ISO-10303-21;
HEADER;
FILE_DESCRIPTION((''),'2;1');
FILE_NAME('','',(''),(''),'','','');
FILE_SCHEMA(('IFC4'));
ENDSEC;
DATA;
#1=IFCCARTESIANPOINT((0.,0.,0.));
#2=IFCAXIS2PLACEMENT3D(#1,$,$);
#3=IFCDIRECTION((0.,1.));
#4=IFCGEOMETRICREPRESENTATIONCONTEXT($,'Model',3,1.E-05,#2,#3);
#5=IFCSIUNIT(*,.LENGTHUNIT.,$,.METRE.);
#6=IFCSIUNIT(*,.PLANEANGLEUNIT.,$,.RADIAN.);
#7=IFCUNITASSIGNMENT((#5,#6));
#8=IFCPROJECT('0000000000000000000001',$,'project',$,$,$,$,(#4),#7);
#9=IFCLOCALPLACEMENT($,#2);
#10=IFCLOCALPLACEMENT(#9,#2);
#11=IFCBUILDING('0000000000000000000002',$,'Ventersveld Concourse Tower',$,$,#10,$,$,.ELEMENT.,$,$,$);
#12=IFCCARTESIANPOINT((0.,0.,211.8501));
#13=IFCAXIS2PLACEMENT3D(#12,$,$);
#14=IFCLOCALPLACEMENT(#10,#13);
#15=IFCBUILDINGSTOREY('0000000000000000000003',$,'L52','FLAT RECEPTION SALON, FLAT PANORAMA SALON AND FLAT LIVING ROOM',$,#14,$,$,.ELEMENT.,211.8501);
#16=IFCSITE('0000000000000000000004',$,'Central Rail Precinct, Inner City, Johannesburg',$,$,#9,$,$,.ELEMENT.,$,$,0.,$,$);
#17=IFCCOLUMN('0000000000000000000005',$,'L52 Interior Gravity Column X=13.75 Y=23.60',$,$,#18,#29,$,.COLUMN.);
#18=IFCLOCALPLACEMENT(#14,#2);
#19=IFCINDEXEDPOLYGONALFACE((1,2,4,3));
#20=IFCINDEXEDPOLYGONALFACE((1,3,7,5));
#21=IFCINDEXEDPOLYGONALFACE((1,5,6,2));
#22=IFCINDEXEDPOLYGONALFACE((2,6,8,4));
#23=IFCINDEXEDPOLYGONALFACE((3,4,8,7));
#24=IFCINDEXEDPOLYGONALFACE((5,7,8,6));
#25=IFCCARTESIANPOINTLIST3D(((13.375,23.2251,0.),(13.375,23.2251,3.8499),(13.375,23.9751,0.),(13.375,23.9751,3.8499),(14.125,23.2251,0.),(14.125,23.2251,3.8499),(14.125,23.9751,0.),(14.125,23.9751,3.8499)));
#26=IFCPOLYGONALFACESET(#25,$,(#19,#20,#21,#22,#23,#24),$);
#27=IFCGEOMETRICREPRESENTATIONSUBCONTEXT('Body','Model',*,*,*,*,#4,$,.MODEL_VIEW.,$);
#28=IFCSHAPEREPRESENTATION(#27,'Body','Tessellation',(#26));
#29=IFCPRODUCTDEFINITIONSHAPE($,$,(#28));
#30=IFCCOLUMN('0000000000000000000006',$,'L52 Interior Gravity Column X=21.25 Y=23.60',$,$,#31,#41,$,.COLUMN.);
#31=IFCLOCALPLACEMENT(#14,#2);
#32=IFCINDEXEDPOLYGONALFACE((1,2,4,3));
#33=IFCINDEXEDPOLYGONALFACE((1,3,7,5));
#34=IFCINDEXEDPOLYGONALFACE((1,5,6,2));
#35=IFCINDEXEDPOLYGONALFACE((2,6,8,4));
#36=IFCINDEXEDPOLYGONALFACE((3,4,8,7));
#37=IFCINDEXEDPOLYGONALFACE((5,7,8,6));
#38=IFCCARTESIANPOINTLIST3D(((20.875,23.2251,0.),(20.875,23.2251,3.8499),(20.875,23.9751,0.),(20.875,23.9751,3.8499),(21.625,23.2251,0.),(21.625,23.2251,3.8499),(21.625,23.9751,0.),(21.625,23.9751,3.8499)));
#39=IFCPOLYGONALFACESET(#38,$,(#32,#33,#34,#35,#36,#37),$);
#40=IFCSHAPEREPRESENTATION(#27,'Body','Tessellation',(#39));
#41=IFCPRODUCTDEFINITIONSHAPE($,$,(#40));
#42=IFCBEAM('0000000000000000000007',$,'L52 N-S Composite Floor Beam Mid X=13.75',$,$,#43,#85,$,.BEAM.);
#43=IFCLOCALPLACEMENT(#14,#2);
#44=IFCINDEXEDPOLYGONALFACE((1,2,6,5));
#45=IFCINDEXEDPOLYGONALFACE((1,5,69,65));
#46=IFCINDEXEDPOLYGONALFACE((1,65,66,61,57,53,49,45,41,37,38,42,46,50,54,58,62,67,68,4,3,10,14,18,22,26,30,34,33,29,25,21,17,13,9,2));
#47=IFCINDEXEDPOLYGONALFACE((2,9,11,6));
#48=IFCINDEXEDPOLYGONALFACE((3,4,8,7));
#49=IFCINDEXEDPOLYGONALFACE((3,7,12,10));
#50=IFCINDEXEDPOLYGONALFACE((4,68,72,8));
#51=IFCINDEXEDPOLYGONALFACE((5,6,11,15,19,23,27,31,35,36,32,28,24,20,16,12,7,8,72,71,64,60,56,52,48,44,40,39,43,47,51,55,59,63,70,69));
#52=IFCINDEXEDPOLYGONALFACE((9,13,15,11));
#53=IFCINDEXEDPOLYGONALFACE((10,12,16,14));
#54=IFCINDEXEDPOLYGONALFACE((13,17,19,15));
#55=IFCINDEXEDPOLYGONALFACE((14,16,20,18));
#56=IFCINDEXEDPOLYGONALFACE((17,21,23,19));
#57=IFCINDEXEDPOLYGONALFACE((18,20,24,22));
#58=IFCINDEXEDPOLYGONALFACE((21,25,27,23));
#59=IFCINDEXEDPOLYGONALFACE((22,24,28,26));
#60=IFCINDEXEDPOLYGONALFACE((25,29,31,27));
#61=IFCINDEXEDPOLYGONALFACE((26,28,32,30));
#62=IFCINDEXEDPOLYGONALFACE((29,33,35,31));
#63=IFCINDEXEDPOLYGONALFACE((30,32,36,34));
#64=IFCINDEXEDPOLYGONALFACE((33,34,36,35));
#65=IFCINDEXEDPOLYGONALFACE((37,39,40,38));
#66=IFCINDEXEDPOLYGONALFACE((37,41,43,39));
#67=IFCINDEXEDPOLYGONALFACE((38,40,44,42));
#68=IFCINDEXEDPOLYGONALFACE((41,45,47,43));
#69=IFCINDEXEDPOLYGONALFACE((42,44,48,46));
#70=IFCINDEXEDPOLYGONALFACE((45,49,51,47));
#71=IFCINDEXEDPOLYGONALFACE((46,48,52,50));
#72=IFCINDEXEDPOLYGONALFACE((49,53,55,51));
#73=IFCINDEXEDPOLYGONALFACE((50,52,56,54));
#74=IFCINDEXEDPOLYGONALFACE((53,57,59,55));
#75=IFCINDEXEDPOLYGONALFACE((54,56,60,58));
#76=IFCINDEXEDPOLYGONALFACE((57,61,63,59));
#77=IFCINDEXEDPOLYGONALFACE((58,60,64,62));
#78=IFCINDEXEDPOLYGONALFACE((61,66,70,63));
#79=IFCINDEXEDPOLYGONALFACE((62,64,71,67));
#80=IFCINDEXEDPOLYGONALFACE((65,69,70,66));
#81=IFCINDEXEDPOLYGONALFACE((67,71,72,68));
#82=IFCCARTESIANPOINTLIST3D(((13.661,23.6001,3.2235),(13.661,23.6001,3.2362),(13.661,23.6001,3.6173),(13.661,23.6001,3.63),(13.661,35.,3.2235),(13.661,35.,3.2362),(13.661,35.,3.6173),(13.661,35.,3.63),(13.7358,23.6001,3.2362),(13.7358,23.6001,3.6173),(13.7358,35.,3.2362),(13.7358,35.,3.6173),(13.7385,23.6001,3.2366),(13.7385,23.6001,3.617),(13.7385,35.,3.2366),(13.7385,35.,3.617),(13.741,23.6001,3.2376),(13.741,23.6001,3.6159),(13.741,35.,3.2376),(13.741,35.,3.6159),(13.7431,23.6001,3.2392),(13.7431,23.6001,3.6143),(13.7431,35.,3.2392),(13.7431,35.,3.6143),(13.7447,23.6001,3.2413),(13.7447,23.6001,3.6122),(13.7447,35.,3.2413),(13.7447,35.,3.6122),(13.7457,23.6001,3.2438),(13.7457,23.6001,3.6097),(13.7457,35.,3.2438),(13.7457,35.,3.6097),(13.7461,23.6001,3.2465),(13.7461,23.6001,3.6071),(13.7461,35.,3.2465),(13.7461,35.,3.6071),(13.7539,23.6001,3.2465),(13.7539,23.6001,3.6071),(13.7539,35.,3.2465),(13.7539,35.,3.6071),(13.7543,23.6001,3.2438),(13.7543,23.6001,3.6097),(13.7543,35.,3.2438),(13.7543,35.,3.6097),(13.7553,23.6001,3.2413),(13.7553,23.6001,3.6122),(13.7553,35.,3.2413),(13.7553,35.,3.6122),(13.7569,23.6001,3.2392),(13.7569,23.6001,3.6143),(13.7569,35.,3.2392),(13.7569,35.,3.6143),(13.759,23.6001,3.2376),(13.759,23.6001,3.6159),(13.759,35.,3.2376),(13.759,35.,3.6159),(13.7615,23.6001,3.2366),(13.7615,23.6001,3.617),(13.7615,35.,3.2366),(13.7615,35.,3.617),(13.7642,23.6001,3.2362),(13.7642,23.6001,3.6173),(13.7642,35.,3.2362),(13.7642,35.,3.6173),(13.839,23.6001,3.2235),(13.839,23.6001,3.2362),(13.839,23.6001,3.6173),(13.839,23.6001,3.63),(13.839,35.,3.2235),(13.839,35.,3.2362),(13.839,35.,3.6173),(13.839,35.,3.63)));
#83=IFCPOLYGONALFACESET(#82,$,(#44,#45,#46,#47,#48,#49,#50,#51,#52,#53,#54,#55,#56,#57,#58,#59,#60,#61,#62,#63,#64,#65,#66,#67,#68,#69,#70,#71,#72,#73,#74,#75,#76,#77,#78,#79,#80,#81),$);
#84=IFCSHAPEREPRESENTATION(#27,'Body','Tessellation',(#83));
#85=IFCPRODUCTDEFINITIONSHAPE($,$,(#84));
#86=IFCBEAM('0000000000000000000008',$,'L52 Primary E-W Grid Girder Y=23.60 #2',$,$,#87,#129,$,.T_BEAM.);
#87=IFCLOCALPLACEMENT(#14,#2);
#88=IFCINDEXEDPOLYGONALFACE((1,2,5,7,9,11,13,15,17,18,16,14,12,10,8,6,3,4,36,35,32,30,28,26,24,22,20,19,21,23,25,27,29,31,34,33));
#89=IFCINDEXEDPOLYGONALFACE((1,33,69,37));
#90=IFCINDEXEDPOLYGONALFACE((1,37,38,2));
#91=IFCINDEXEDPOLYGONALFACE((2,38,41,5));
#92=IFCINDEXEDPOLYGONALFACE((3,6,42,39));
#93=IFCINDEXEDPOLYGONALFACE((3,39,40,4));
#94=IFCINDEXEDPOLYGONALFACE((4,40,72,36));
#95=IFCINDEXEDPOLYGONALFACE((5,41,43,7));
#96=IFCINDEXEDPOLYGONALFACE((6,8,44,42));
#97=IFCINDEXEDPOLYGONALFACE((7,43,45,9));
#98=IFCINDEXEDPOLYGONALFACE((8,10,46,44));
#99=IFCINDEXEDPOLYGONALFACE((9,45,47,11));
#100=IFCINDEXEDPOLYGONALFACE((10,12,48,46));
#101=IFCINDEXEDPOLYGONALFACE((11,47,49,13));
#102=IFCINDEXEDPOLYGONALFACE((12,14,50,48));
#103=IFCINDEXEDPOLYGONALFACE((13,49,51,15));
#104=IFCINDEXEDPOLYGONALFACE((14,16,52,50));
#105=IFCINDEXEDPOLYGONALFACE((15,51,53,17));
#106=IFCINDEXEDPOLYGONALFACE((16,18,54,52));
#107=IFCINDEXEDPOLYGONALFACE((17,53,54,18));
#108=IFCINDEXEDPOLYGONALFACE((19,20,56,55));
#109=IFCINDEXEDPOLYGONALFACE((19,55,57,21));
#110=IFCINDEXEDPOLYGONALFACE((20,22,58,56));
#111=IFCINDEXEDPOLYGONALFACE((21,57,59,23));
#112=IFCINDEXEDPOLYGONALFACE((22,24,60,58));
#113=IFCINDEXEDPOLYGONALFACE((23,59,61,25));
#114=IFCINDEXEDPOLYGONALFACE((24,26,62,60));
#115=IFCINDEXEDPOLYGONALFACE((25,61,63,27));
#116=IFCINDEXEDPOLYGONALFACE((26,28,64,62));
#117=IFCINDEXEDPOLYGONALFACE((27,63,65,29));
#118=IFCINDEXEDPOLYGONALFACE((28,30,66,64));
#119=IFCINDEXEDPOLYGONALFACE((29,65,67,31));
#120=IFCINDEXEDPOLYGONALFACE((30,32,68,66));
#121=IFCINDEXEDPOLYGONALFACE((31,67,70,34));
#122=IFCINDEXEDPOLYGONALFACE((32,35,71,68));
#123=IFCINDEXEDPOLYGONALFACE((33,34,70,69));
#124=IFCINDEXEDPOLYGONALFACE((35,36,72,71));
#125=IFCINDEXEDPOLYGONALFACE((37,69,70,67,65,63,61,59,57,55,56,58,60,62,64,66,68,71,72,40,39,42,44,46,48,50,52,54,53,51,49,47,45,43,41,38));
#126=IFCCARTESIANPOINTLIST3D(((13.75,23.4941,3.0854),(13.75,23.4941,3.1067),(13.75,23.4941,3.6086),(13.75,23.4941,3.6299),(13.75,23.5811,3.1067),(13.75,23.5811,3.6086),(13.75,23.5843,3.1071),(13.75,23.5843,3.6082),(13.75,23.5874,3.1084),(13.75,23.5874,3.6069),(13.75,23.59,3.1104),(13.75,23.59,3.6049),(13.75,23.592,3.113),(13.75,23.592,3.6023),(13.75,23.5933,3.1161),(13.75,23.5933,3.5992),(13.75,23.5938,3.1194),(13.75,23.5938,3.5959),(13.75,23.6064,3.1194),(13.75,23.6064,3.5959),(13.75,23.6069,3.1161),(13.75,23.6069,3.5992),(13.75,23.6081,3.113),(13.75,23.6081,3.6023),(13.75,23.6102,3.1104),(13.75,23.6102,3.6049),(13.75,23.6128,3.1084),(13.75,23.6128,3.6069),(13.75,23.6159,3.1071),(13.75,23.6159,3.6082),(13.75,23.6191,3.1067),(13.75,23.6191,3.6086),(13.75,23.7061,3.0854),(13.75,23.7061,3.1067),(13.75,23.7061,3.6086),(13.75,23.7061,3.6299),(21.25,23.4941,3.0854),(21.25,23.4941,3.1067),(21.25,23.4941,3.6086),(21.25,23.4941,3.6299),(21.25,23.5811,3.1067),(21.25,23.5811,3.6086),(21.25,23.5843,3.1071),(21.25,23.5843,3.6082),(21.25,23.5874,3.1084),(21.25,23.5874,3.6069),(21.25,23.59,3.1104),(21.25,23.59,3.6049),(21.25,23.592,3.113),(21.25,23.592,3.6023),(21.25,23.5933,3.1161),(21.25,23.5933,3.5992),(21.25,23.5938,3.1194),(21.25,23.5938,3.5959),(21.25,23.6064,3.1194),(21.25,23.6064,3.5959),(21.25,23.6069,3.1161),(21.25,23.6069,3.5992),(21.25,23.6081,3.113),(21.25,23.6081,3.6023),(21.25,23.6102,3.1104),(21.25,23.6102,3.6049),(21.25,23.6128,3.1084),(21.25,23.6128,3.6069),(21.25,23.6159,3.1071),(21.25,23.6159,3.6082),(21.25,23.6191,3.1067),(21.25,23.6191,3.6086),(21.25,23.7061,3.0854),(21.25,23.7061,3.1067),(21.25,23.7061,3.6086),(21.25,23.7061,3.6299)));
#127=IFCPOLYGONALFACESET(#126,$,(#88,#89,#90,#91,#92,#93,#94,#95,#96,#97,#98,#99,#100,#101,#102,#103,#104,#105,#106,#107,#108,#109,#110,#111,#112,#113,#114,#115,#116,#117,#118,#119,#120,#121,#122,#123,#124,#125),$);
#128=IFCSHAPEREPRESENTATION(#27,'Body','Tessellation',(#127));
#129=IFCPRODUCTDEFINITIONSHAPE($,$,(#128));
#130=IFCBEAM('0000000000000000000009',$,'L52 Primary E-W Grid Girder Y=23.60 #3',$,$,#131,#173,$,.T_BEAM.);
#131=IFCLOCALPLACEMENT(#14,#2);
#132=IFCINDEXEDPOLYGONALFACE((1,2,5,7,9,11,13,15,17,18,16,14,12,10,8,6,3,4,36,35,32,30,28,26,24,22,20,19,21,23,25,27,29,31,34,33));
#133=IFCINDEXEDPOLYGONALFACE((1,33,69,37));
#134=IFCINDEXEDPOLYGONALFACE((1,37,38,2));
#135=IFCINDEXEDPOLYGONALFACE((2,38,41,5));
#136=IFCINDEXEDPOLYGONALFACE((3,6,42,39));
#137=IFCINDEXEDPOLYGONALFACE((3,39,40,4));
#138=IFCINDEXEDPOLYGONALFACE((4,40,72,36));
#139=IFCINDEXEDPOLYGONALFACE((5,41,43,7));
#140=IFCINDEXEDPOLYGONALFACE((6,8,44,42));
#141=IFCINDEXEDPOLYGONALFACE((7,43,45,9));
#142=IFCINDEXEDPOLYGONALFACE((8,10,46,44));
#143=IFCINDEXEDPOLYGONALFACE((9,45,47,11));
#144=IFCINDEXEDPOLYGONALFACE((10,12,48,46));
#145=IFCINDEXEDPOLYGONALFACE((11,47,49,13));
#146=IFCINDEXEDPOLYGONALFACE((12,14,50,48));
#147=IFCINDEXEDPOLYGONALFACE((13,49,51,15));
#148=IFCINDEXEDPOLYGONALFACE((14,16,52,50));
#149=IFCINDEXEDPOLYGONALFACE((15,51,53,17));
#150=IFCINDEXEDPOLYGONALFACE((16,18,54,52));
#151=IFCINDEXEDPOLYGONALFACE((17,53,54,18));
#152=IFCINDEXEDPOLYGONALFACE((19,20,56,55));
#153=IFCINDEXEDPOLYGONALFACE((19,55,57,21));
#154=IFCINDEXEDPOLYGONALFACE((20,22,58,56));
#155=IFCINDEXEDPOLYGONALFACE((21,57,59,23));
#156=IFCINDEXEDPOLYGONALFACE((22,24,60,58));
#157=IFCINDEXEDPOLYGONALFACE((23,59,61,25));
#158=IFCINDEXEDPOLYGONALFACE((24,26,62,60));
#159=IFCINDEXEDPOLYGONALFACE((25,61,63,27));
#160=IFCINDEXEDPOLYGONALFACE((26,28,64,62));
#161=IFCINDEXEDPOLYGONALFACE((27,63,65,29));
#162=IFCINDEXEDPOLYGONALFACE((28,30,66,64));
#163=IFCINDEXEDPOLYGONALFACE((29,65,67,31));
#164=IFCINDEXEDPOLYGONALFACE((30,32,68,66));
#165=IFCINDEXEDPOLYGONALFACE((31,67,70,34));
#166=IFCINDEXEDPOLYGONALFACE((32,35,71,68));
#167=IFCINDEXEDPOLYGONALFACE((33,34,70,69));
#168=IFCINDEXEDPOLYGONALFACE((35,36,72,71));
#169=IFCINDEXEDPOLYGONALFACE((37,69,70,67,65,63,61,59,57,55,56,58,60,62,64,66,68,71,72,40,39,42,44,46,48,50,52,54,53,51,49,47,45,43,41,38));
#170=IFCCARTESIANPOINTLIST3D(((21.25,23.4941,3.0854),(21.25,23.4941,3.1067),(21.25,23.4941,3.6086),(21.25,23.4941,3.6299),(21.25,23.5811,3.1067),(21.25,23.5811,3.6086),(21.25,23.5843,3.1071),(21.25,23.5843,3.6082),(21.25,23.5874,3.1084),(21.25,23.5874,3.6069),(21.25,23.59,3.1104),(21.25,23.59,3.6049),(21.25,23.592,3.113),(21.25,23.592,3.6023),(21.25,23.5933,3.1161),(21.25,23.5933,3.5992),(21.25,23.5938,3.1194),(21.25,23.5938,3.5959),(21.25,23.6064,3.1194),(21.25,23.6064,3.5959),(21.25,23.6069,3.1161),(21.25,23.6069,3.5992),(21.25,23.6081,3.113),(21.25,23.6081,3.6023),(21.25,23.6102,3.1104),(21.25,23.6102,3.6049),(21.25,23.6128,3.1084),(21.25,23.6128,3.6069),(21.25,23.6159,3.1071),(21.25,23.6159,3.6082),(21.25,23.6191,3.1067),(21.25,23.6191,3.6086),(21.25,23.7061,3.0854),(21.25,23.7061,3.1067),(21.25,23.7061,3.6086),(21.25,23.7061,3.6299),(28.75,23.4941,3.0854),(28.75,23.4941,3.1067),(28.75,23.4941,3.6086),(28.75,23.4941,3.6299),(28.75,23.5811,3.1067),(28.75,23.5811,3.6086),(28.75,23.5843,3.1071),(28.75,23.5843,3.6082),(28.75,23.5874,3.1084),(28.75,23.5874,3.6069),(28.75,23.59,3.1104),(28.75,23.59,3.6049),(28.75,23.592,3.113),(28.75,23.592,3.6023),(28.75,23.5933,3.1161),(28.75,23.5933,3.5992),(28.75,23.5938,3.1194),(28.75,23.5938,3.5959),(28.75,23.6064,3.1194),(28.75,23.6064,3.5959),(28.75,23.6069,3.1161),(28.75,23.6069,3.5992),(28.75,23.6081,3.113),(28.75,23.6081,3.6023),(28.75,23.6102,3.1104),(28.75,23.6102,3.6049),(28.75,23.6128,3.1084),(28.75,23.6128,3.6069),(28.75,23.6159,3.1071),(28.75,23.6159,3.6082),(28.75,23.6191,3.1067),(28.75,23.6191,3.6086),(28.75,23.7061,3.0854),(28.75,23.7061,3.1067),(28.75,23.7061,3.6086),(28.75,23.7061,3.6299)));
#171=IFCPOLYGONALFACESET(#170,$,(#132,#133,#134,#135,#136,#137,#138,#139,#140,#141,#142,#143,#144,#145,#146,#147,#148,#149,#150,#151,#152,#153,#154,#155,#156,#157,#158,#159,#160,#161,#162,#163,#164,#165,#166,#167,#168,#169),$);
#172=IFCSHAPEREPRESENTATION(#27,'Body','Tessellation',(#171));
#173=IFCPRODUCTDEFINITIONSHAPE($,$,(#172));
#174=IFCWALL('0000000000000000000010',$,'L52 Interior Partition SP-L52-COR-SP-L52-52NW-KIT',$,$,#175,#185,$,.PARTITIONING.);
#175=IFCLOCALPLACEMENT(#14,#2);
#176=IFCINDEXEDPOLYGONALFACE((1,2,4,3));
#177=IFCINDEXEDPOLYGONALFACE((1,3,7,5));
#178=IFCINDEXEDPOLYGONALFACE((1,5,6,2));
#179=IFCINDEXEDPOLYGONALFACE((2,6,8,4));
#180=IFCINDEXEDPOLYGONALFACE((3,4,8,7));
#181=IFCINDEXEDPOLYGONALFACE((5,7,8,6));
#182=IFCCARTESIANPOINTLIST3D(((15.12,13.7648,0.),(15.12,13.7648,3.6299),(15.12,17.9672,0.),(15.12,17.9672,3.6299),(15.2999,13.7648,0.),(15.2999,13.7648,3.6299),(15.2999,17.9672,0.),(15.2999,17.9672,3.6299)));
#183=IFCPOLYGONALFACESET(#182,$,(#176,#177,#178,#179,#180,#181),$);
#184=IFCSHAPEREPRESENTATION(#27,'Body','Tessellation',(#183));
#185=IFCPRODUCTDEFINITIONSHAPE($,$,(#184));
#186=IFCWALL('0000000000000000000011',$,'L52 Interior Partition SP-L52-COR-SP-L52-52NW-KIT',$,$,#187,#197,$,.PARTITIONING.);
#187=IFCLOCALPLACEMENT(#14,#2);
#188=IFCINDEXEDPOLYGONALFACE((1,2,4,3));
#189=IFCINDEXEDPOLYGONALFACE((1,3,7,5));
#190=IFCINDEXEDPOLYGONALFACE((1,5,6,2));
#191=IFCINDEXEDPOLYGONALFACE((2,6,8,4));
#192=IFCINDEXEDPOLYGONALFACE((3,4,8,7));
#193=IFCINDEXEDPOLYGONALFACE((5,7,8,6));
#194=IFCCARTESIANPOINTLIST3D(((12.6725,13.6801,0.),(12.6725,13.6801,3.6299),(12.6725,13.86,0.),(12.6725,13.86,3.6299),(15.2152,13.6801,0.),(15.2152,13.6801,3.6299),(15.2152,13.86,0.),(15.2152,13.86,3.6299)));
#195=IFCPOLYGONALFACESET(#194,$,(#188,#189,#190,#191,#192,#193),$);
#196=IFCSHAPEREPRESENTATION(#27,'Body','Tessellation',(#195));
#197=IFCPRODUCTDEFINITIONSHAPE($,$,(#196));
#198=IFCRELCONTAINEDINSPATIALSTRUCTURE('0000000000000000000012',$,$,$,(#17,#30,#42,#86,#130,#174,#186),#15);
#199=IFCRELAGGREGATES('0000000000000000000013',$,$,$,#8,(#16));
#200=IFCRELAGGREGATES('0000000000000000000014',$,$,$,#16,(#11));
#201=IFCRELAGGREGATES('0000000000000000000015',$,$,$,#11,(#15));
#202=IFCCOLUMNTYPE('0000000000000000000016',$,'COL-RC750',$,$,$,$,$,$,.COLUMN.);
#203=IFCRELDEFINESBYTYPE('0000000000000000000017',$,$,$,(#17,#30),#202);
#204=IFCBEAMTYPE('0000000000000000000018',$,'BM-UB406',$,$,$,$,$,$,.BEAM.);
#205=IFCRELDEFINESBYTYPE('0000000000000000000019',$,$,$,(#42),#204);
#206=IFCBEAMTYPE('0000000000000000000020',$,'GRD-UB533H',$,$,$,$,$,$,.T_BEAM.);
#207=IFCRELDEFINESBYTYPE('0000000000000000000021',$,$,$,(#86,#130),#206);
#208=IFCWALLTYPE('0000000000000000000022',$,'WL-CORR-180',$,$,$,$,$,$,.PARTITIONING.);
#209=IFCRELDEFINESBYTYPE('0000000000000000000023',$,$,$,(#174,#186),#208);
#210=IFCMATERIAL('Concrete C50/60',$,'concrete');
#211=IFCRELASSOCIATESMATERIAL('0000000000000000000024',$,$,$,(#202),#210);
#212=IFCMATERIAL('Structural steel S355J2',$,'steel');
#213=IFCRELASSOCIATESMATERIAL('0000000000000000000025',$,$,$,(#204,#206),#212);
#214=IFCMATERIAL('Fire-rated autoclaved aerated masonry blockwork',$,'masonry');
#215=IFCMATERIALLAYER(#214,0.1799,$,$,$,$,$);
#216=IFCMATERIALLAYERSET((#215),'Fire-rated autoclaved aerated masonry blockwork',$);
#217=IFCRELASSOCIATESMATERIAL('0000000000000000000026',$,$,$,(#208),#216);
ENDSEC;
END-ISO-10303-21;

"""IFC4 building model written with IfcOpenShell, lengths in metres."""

from ifc_helpers import new_model, si_unit, direction, frame, frame_2d, origin, origin_2d, place, context, subcontext, project, spatial, rectangle, i_section, extrude, material, layer, layer_set, material_profile, profile_set, type_object, element, save


model = new_model("IFC4")

# Units and contexts
model_context = context("Model", 3, precision=1e-05, world=origin(), true_north=direction((0.0, 1.0)))
body_context = subcontext(model_context, "Body", "Model", "MODEL_VIEW")
ifc_project = project(units=[si_unit("LENGTHUNIT", "METRE"), si_unit("PLANEANGLEUNIT", "RADIAN")], contexts=[model_context])

# Site, building, storey
site_placement = place(None, origin())
site = spatial("IfcSite", under=ifc_project, at=site_placement, Name="Central Rail Precinct, Inner City, Johannesburg", CompositionType="ELEMENT", RefElevation=0.0)
building_placement = place(site_placement, origin())
building = spatial("IfcBuilding", under=site, at=building_placement, Name="Ventersveld Concourse Tower", CompositionType="ELEMENT")
storey_placement = place(building_placement, frame((0.0, 0.0, 211.8501)))
storey = spatial("IfcBuildingStorey", under=building, at=storey_placement, Name="L52", Description="FLAT RECEPTION SALON, FLAT PANORAMA SALON AND FLAT LIVING ROOM", CompositionType="ELEMENT", Elevation=211.8501)

# Columns
ifc_material_1 = material(Name="Concrete C50/60", Category="concrete")
ifc_material_profile_1 = material_profile(ifc_material_1, rectangle(XDim=0.75, YDim=0.75, at=origin_2d()), Name="RC 750x750")
ifc_profile_set_1 = profile_set([ifc_material_profile_1], Name="Concrete C50/60")
column_type = type_object("IfcColumnType", Name="COL-RC750", PredefinedType="COLUMN", material=ifc_profile_set_1)
for number, where, z_axis, x_axis, name in (
    (1, (13.75, 23.6001, 0.0), (0.0, 0.0, 1.0), (1.0, 0.0, 0.0), "L52 Interior Gravity Column X=13.75 Y=23.60"),
    (2, (21.25, 23.6001, 0.0), (0.0, 0.0, 1.0), (1.0, 0.0, 0.0), "L52 Interior Gravity Column X=21.25 Y=23.60"),
):
    element("IfcColumn", number, at=place(storey_placement, frame(where, z_axis=z_axis, x_axis=x_axis)), inside=storey, type_object=column_type, Name=name, PredefinedType="COLUMN", context=body_context, shape_type="SweptSolid", body=[
        extrude(rectangle(XDim=0.75, YDim=0.75, at=origin_2d()), origin(), (0.0, 0.0, 1.0), 3.8499),
    ])

# Beams
ifc_material_2 = material(Name="Structural steel S355J2", Category="steel")
ifc_material_profile_2 = material_profile(ifc_material_2, i_section(OverallWidth=0.178, OverallDepth=0.4065, WebThickness=0.0078, FlangeThickness=0.0127, FilletRadius=0.0103, at=origin_2d()), Name="UB 406x178x60")
ifc_profile_set_2 = profile_set([ifc_material_profile_2], Name="Structural steel S355J2")
beam_type_1 = type_object("IfcBeamType", Name="BM-UB406", PredefinedType="BEAM", material=ifc_profile_set_2)
beam_placement = place(storey_placement, frame((13.75, 23.6001, 3.4268), z_axis=(0.0, 1.0, 0.0), x_axis=(-1.0, 0.0, 0.0)))
element("IfcBeam", 3, at=beam_placement, inside=storey, type_object=beam_type_1, Name="L52 N-S Composite Floor Beam Mid X=13.75", PredefinedType="BEAM", context=body_context, shape_type="SweptSolid", body=[
    extrude(i_section(OverallWidth=0.178, OverallDepth=0.4065, WebThickness=0.0078, FlangeThickness=0.0127, FilletRadius=0.0103, at=origin_2d()), origin(), (0.0, 0.0, 1.0), 11.3999),
])
ifc_material_profile_3 = material_profile(ifc_material_2, i_section(OverallWidth=0.2119, OverallDepth=0.5444, WebThickness=0.0127, FlangeThickness=0.0212, FilletRadius=0.0127, at=origin_2d()), Name="UB 533x210x122")
ifc_profile_set_3 = profile_set([ifc_material_profile_3], Name="Structural steel S355J2")
beam_type_2 = type_object("IfcBeamType", Name="GRD-UB533H", PredefinedType="T_BEAM", material=ifc_profile_set_3)
for number, where, z_axis, x_axis, name in (
    (4, (13.75, 23.6001, 3.3577), (1.0, 0.0, 0.0), (0.0, 1.0, 0.0), "L52 Primary E-W Grid Girder Y=23.60 #2"),
    (5, (21.25, 23.6001, 3.3577), (1.0, 0.0, 0.0), (0.0, 1.0, 0.0), "L52 Primary E-W Grid Girder Y=23.60 #3"),
):
    element("IfcBeam", number, at=place(storey_placement, frame(where, z_axis=z_axis, x_axis=x_axis)), inside=storey, type_object=beam_type_2, Name=name, PredefinedType="T_BEAM", context=body_context, shape_type="SweptSolid", body=[
        extrude(i_section(OverallWidth=0.2119, OverallDepth=0.5444, WebThickness=0.0127, FlangeThickness=0.0212, FilletRadius=0.0127, at=origin_2d()), origin(), (0.0, 0.0, 1.0), 7.5),
    ])

# Walls
ifc_material_3 = material(Name="Fire-rated autoclaved aerated masonry blockwork", Category="masonry")
ifc_layer_1 = layer(ifc_material_3, 0.1799)
ifc_layer_set_1 = layer_set([ifc_layer_1], Name="Fire-rated autoclaved aerated masonry blockwork")
wall_type_1 = type_object("IfcWallType", Name="WL-CORR-180", PredefinedType="PARTITIONING", material=ifc_layer_set_1)
wall_1_placement = place(storey_placement, frame((15.21, 13.7649, 0.0), z_axis=(0.0, 0.0, 1.0), x_axis=(0.0, 1.0, 0.0)))
element("IfcWall", 6, at=wall_1_placement, inside=storey, type_object=wall_type_1, Name="L52 Interior Partition SP-L52-COR-SP-L52-52NW-KIT", PredefinedType="PARTITIONING", context=body_context, shape_type="SweptSolid", body=[
    extrude(rectangle(XDim=4.2024, YDim=0.1799, at=frame_2d((2.1011, 0.0))), origin(), (0.0, 0.0, 1.0), 3.6299),
])
wall_2_placement = place(storey_placement, frame((12.6724, 13.77, 0.0), z_axis=(0.0, 0.0, 1.0), x_axis=(1.0, 0.0, 0.0)))
element("IfcWall", 7, at=wall_2_placement, inside=storey, type_object=wall_type_1, Name="L52 Interior Partition SP-L52-COR-SP-L52-52NW-KIT", PredefinedType="PARTITIONING", context=body_context, shape_type="SweptSolid", body=[
    extrude(rectangle(XDim=2.5427, YDim=0.1799, at=frame_2d((1.2715, 0.0))), origin(), (0.0, 0.0, 1.0), 3.6299),
])

save(model, "model.ifc")
